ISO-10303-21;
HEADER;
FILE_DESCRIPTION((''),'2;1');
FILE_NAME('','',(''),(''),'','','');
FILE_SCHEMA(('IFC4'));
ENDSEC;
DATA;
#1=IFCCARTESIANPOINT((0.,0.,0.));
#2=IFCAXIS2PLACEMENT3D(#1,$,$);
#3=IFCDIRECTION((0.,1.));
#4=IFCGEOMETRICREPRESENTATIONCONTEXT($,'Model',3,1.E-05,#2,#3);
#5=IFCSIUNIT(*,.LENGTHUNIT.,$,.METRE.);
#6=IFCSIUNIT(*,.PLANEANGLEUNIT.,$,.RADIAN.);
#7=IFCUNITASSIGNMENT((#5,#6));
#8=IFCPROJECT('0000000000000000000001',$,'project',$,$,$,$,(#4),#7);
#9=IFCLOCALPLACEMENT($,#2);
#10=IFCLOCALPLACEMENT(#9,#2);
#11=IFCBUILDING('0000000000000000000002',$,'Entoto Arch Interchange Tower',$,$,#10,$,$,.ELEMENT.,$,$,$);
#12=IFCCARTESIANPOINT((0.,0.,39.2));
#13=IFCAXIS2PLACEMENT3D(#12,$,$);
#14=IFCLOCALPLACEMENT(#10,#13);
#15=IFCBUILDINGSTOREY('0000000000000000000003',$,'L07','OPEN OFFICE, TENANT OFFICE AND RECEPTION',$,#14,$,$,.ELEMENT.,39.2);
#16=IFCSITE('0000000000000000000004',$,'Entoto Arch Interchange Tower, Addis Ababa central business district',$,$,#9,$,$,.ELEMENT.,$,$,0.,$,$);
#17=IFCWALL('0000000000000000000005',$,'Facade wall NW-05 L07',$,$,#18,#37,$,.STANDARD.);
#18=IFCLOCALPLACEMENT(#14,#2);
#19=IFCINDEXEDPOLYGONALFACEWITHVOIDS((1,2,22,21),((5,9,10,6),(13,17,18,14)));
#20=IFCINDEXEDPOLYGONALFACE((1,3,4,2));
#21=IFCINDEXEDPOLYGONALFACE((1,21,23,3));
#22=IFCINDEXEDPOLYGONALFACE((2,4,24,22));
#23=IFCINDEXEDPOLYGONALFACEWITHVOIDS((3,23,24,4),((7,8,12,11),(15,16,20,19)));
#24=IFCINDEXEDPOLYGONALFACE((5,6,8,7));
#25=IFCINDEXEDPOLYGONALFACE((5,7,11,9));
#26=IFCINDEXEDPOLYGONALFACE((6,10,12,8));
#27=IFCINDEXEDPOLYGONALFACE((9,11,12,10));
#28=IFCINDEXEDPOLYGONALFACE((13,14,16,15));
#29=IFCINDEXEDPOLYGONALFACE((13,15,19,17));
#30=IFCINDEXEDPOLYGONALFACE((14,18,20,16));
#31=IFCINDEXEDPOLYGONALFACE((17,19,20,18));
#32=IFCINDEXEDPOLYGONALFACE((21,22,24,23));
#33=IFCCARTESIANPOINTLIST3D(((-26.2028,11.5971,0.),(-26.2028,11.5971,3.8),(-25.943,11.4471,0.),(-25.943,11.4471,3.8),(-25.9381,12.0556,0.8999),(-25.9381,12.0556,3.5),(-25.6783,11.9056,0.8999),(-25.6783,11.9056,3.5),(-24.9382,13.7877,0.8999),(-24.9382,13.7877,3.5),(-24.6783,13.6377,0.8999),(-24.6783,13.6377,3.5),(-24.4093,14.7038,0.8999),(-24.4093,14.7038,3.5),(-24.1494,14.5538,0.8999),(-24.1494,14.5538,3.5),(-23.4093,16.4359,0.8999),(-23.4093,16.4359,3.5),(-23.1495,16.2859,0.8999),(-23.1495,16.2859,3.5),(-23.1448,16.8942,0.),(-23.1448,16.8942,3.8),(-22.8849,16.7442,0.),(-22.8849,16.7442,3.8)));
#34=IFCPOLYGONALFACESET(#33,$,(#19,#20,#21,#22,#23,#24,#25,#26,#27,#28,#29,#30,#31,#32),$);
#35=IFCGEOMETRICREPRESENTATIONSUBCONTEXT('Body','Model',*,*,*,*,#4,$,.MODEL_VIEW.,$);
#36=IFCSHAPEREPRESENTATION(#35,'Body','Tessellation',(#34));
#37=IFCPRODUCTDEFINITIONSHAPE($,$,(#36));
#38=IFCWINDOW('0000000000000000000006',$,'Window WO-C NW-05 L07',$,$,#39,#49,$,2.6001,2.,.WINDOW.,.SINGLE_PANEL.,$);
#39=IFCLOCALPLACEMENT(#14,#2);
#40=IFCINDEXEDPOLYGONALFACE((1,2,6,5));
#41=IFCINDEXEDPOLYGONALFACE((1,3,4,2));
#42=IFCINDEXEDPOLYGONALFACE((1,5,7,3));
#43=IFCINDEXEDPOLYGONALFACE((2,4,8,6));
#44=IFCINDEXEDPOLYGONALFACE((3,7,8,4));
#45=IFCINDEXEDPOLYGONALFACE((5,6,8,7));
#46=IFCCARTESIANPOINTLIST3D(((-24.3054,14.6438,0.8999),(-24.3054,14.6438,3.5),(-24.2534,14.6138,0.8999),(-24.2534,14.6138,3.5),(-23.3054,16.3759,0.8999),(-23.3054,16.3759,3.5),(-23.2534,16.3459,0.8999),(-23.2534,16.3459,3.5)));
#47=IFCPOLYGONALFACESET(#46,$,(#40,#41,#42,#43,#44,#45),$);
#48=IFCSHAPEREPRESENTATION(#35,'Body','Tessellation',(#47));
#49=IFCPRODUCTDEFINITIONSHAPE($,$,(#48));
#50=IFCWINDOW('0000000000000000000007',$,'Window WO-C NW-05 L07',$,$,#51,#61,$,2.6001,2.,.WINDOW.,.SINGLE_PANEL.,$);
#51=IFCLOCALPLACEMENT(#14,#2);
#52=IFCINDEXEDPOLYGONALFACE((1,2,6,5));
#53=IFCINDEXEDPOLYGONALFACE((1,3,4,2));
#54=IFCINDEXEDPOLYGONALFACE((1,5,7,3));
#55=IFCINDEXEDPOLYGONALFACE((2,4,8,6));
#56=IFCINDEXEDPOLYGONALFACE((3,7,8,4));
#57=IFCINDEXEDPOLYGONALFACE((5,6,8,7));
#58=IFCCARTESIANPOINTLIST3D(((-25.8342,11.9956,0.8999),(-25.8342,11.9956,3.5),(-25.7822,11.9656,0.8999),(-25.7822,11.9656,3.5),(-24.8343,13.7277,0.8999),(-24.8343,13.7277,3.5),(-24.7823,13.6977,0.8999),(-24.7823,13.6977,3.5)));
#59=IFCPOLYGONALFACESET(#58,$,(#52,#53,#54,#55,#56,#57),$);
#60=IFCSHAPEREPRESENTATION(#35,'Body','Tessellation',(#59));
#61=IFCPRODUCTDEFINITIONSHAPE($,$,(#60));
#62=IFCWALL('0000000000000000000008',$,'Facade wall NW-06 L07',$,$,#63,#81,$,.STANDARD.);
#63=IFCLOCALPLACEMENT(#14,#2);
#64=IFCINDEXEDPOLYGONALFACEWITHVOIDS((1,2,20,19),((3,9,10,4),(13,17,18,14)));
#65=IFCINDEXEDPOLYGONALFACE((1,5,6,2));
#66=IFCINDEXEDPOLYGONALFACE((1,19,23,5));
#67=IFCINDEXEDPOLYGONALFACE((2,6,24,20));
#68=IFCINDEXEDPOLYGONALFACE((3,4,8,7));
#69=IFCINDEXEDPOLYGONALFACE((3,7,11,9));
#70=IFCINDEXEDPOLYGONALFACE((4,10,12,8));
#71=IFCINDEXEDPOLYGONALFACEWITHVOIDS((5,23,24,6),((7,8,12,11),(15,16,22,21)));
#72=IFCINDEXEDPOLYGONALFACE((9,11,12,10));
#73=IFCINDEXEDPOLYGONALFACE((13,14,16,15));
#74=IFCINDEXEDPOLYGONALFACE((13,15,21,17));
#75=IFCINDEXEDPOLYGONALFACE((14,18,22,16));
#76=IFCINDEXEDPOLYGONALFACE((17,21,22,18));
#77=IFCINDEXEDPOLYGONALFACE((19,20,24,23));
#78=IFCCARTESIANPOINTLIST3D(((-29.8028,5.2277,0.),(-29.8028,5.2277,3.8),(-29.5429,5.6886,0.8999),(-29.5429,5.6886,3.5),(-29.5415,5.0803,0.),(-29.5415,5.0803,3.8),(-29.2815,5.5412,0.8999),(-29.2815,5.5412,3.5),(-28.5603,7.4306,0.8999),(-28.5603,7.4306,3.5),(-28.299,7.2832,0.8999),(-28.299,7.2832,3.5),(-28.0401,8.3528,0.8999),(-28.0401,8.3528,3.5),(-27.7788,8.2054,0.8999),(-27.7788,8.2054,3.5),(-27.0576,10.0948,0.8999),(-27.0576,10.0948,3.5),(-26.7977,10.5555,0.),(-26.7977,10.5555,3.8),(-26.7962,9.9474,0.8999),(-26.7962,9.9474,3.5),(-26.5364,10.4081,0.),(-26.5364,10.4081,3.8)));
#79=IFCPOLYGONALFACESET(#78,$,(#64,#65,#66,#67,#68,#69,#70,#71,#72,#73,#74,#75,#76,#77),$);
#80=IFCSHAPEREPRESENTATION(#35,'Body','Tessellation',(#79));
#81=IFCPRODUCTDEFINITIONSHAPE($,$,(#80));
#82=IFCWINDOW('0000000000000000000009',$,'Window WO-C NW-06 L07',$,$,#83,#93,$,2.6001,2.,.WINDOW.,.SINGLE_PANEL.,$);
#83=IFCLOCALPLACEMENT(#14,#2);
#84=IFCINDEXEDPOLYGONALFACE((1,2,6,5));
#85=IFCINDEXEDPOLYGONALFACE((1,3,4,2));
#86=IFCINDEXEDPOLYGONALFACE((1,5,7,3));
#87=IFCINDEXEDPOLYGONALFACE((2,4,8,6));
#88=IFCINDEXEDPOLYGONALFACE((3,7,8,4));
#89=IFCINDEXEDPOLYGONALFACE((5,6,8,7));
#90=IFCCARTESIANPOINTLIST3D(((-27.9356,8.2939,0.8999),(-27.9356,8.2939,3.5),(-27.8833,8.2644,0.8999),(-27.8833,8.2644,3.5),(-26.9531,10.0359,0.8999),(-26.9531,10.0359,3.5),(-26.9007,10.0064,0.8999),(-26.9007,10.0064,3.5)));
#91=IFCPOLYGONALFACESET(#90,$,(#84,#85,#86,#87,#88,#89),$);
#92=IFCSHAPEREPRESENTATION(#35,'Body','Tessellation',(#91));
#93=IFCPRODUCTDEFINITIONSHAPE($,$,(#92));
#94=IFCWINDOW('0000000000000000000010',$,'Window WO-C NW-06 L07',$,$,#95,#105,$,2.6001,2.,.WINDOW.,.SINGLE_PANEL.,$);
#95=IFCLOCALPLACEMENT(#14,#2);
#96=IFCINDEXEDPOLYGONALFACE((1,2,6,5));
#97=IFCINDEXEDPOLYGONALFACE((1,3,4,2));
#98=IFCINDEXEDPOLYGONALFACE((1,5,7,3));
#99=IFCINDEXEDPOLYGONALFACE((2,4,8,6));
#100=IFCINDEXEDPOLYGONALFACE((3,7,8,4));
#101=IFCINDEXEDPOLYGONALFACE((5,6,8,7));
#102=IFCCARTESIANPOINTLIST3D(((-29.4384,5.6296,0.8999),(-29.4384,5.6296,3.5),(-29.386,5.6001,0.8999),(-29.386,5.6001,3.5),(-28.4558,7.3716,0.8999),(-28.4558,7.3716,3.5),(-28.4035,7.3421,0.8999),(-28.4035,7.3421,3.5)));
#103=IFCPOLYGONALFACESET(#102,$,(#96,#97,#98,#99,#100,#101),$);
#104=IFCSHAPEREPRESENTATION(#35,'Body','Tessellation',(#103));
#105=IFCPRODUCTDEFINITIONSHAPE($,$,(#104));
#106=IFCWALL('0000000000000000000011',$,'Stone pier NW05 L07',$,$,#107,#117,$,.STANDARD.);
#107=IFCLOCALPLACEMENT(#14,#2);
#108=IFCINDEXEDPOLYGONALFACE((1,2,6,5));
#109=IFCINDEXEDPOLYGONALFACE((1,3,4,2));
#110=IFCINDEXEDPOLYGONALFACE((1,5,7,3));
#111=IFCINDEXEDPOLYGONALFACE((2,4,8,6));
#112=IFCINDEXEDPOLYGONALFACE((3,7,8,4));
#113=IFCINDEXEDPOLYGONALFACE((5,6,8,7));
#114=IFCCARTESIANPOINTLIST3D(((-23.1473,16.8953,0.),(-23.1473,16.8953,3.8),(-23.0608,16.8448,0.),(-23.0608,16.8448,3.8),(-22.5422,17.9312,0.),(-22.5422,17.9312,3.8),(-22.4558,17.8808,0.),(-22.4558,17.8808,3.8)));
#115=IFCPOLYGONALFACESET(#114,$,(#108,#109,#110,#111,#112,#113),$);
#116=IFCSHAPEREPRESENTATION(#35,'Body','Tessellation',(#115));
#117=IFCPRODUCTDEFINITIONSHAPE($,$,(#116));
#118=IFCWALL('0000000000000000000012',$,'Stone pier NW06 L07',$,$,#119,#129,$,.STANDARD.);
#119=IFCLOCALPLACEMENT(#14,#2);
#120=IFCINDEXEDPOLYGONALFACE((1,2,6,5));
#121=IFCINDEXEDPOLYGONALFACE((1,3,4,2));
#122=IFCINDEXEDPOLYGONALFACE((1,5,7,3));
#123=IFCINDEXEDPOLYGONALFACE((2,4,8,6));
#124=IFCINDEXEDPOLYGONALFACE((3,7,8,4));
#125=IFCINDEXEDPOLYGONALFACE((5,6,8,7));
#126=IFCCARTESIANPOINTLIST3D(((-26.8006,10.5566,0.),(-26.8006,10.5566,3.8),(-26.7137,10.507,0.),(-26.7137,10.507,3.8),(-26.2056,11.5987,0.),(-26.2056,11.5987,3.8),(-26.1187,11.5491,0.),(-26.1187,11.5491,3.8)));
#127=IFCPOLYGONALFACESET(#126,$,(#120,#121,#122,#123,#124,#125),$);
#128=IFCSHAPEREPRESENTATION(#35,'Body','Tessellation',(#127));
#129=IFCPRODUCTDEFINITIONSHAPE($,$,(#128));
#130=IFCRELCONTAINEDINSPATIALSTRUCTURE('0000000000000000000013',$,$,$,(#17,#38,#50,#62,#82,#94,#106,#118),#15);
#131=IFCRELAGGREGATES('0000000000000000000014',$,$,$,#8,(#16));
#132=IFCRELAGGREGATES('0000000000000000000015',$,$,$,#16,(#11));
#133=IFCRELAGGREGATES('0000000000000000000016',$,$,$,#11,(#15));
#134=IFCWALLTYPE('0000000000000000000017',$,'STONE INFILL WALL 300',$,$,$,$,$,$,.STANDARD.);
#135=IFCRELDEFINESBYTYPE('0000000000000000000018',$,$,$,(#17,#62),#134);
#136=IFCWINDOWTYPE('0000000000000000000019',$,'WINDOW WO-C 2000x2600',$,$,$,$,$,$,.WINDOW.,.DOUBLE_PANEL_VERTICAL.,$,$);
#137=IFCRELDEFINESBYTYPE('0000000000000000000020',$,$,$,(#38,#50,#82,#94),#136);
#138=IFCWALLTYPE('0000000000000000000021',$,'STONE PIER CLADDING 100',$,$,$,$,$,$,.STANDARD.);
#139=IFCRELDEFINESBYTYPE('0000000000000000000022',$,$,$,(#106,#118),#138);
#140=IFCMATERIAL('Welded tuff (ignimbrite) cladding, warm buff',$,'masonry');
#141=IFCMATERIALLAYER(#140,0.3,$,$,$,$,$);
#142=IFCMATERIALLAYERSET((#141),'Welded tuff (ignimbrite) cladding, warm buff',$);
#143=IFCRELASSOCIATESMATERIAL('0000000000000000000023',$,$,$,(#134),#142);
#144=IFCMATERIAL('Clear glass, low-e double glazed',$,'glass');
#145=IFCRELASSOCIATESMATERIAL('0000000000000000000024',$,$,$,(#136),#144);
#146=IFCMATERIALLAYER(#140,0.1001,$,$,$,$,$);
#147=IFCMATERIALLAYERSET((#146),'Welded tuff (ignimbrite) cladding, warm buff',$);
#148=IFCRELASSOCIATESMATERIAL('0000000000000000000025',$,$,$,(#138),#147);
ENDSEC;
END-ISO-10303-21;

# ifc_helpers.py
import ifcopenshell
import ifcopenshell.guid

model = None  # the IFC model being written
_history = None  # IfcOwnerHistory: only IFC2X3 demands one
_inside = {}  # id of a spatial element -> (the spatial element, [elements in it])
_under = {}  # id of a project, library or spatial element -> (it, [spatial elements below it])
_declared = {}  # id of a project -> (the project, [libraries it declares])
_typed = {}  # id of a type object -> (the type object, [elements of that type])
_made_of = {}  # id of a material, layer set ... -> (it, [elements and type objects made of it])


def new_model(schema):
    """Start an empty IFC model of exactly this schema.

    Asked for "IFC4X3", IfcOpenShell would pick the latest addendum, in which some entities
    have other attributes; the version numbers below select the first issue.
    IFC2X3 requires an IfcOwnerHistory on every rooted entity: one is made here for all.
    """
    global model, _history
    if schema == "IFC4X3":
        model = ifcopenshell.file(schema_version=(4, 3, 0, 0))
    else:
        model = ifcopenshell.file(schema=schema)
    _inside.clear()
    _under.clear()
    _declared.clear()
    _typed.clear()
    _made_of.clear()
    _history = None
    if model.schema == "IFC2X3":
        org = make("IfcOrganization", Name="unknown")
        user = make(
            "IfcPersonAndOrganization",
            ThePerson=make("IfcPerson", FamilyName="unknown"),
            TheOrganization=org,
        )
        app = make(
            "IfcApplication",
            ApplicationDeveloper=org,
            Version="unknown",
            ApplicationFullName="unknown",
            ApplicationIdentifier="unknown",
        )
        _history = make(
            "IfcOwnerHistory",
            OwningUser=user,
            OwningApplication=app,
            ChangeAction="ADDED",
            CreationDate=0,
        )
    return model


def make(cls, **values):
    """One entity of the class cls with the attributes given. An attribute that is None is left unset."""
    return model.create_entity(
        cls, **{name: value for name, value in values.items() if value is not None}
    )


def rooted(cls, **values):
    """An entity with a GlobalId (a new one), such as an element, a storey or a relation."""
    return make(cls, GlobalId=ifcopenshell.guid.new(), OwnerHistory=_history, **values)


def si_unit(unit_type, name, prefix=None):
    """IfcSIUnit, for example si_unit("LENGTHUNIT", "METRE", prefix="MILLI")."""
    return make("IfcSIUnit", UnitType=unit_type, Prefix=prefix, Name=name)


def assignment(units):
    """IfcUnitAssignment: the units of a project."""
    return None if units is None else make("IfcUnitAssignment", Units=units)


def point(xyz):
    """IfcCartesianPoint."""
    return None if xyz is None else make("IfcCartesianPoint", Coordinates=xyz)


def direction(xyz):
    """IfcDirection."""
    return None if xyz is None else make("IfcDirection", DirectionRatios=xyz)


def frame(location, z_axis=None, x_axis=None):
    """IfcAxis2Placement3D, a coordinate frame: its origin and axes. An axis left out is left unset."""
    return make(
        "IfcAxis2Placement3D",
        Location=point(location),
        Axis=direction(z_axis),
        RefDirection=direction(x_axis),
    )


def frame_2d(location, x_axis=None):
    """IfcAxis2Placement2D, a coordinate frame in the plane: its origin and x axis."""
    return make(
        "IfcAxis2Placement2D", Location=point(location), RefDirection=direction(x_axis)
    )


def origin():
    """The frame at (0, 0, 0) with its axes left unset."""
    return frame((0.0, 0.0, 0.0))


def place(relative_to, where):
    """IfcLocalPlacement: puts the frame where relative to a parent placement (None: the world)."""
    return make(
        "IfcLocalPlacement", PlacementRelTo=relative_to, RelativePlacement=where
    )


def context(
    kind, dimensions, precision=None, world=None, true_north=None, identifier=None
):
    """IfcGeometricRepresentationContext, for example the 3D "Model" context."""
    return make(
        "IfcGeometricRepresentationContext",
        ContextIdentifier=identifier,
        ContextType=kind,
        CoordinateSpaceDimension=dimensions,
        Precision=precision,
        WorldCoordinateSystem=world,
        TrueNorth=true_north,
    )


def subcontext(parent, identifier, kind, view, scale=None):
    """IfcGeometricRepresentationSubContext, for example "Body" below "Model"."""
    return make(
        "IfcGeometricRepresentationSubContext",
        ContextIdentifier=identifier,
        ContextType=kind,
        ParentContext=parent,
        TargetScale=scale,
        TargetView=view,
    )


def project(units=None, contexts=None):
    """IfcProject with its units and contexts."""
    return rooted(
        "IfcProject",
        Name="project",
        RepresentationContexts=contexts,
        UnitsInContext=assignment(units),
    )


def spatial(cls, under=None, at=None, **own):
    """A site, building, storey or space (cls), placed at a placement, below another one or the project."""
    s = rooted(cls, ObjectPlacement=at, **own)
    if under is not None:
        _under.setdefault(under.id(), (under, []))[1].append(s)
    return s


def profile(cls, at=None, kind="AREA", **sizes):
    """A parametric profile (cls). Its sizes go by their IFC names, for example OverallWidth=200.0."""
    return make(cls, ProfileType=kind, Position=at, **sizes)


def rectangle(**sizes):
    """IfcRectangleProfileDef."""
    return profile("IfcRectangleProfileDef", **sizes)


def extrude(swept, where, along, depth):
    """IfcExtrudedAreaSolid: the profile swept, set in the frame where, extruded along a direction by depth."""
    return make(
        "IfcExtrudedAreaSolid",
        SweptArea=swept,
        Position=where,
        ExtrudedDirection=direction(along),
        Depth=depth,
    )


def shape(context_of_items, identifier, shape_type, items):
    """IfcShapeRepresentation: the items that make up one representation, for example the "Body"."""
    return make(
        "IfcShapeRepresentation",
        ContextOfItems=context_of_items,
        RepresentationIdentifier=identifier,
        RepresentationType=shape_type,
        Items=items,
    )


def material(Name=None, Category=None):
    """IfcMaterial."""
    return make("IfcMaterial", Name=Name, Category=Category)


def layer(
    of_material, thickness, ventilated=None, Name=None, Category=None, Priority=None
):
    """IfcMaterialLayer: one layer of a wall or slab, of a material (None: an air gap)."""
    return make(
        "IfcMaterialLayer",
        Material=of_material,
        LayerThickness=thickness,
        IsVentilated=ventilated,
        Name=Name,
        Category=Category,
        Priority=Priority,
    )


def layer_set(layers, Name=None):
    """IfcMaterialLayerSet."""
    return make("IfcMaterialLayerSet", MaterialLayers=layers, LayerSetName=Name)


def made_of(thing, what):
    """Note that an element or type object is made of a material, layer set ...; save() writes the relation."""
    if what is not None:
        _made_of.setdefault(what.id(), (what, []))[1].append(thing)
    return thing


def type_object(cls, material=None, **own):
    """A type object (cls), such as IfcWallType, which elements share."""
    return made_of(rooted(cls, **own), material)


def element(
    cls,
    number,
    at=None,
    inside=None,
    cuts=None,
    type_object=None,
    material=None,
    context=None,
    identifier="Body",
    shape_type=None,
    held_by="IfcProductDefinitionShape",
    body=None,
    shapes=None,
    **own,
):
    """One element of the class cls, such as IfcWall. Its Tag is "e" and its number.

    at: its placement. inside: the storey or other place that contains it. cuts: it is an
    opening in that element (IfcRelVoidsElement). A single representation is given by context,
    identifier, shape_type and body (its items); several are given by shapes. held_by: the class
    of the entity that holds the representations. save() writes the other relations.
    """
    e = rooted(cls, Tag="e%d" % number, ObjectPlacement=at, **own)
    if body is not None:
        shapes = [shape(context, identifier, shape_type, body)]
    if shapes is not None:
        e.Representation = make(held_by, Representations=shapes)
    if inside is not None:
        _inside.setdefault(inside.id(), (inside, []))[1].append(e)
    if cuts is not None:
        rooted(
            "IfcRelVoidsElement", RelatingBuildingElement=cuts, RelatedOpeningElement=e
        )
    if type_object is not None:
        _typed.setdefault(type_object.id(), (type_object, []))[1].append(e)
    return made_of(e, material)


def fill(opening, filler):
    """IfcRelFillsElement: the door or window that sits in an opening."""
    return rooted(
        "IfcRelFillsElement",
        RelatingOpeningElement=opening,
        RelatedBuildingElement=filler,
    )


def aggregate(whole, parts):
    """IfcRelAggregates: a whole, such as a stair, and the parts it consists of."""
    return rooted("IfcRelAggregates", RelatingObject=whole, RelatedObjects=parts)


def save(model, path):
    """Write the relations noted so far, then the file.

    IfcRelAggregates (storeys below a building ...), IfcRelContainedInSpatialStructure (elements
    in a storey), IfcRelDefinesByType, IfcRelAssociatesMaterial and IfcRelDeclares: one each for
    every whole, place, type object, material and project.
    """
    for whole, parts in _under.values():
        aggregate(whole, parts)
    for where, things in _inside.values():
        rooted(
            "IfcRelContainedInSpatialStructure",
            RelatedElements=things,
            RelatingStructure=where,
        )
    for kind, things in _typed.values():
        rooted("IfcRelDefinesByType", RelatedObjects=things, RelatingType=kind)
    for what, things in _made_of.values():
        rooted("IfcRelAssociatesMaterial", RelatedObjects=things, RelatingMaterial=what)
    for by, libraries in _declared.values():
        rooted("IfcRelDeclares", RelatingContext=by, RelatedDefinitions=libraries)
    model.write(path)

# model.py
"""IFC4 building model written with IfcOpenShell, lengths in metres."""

from ifc_helpers import new_model, si_unit, direction, frame, frame_2d, origin, place, context, subcontext, project, spatial, rectangle, extrude, material, layer, layer_set, type_object, element, fill, save


model = new_model("IFC4")

# Units and contexts
model_context = context("Model", 3, precision=1e-05, world=origin(), true_north=direction((0.0, 1.0)))
body_context = subcontext(model_context, "Body", "Model", "MODEL_VIEW")
ifc_project = project(units=[si_unit("LENGTHUNIT", "METRE"), si_unit("PLANEANGLEUNIT", "RADIAN")], contexts=[model_context])

# Site, building, storey
site_placement = place(None, origin())
site = spatial("IfcSite", under=ifc_project, at=site_placement, Name="Entoto Arch Interchange Tower, Addis Ababa central business district", CompositionType="ELEMENT", RefElevation=0.0)
building_placement = place(site_placement, origin())
building = spatial("IfcBuilding", under=site, at=building_placement, Name="Entoto Arch Interchange Tower", CompositionType="ELEMENT")
storey_placement = place(building_placement, frame((0.0, 0.0, 39.2)))
storey = spatial("IfcBuildingStorey", under=building, at=storey_placement, Name="L07", Description="OPEN OFFICE, TENANT OFFICE AND RECEPTION", CompositionType="ELEMENT", Elevation=39.2)

# Walls, openings, windows
ifc_material_1 = material(Name="Welded tuff (ignimbrite) cladding, warm buff", Category="masonry")
ifc_layer_1 = layer(ifc_material_1, 0.3)
ifc_layer_set_1 = layer_set([ifc_layer_1], Name="Welded tuff (ignimbrite) cladding, warm buff")
wall_type_1 = type_object("IfcWallType", Name="STONE INFILL WALL 300", PredefinedType="STANDARD", material=ifc_layer_set_1)
wall_1_placement = place(storey_placement, frame((-23.0149, 16.8191, 0.0), z_axis=(0.0, 0.0, 1.0), x_axis=(-0.499977, -0.866039, 0.0)))
wall_1 = element("IfcWall", 1, at=wall_1_placement, inside=storey, type_object=wall_type_1, Name="Facade wall NW-05 L07", PredefinedType="STANDARD", context=body_context, shape_type="SweptSolid", body=[
    extrude(rectangle(XDim=6.1165, YDim=0.3, at=frame_2d((3.0581, 0.0))), origin(), (0.0, 0.0, 1.0), 3.8),
])
opening_1_placement = place(wall_1_placement, frame((0.5291, 0.0, 0.8999)))
opening_1 = element("IfcOpeningElement", 2, at=opening_1_placement, cuts=wall_1, PredefinedType="OPENING", context=body_context, shape_type="SweptSolid", body=[
    extrude(rectangle(XDim=2.0, YDim=2.6001, at=frame_2d((1.0, 1.3))), frame((0.0, 0.1602, 0.0), z_axis=(0.0, -1.0, 0.0), x_axis=(1.0, 0.0, 0.0)), (0.0, 0.0, 1.0), 0.3201),
])
opening_2_placement = place(wall_1_placement, frame((3.5869, 0.0, 0.8999)))
opening_2 = element("IfcOpeningElement", 3, at=opening_2_placement, cuts=wall_1, PredefinedType="OPENING", context=body_context, shape_type="SweptSolid", body=[
    extrude(rectangle(XDim=2.0, YDim=2.6001, at=frame_2d((1.0, 1.3))), frame((0.0, 0.1602, 0.0), z_axis=(0.0, -1.0, 0.0), x_axis=(1.0, 0.0, 0.0)), (0.0, 0.0, 1.0), 0.3201),
])
ifc_material_2 = material(Name="Clear glass, low-e double glazed", Category="glass")
window_type = type_object("IfcWindowType", Name="WINDOW WO-C 2000x2600", PartitioningType="DOUBLE_PANEL_VERTICAL", PredefinedType="WINDOW", material=ifc_material_2)
window_1_placement = place(opening_1_placement, origin())
window_1 = element("IfcWindow", 4, at=window_1_placement, inside=storey, type_object=window_type, Name="Window WO-C NW-05 L07", OverallHeight=2.6001, OverallWidth=2.0, PartitioningType="SINGLE_PANEL", PredefinedType="WINDOW", context=body_context, shape_type="SweptSolid", body=[
    extrude(rectangle(XDim=2.0, YDim=2.6001, at=frame_2d((1.0, 1.3))), frame((0.0, 0.03, 0.0), z_axis=(0.0, -1.0, 0.0), x_axis=(1.0, 0.0, 0.0)), (0.0, 0.0, 1.0), 0.0601),
])
fill(opening_1, window_1)
window_2_placement = place(opening_2_placement, origin())
window_2 = element("IfcWindow", 5, at=window_2_placement, inside=storey, type_object=window_type, Name="Window WO-C NW-05 L07", OverallHeight=2.6001, OverallWidth=2.0, PartitioningType="SINGLE_PANEL", PredefinedType="WINDOW", context=body_context, shape_type="SweptSolid", body=[
    extrude(rectangle(XDim=2.0, YDim=2.6001, at=frame_2d((1.0, 1.3))), frame((0.0, 0.03, 0.0), z_axis=(0.0, -1.0, 0.0), x_axis=(1.0, 0.0, 0.0)), (0.0, 0.0, 1.0), 0.0601),
])
fill(opening_2, window_2)
wall_2_placement = place(storey_placement, frame((-26.667, 10.4819, 0.0), z_axis=(0.0, 0.0, 1.0), x_axis=(-0.491278, -0.871003, 0.0)))
wall_2 = element("IfcWall", 6, at=wall_2_placement, inside=storey, type_object=wall_type_1, Name="Facade wall NW-06 L07", PredefinedType="STANDARD", context=body_context, shape_type="SweptSolid", body=[
    extrude(rectangle(XDim=6.1169, YDim=0.3, at=frame_2d((3.0586, 0.0))), origin(), (0.0, 0.0, 1.0), 3.8),
])
opening_3_placement = place(wall_2_placement, frame((0.5291, 0.0, 0.8999)))
opening_3 = element("IfcOpeningElement", 7, at=opening_3_placement, cuts=wall_2, PredefinedType="OPENING", context=body_context, shape_type="SweptSolid", body=[
    extrude(rectangle(XDim=2.0, YDim=2.6001, at=frame_2d((1.0, 1.3))), frame((0.0, 0.1602, 0.0), z_axis=(0.0, -1.0, 0.0), x_axis=(1.0, 0.0, 0.0)), (0.0, 0.0, 1.0), 0.3201),
])
opening_4_placement = place(wall_2_placement, frame((3.5879, 0.0, 0.8999)))
opening_4 = element("IfcOpeningElement", 8, at=opening_4_placement, cuts=wall_2, PredefinedType="OPENING", context=body_context, shape_type="SweptSolid", body=[
    extrude(rectangle(XDim=2.0, YDim=2.6001, at=frame_2d((1.0, 1.3))), frame((0.0, 0.1602, 0.0), z_axis=(0.0, -1.0, 0.0), x_axis=(1.0, 0.0, 0.0)), (0.0, 0.0, 1.0), 0.3201),
])
window_3_placement = place(opening_3_placement, origin())
window_3 = element("IfcWindow", 9, at=window_3_placement, inside=storey, type_object=window_type, Name="Window WO-C NW-06 L07", OverallHeight=2.6001, OverallWidth=2.0, PartitioningType="SINGLE_PANEL", PredefinedType="WINDOW", context=body_context, shape_type="SweptSolid", body=[
    extrude(rectangle(XDim=2.0, YDim=2.6001, at=frame_2d((1.0, 1.3))), frame((0.0, 0.03, 0.0), z_axis=(0.0, -1.0, 0.0), x_axis=(1.0, 0.0, 0.0)), (0.0, 0.0, 1.0), 0.0601),
])
fill(opening_3, window_3)
window_4_placement = place(opening_4_placement, origin())
window_4 = element("IfcWindow", 10, at=window_4_placement, inside=storey, type_object=window_type, Name="Window WO-C NW-06 L07", OverallHeight=2.6001, OverallWidth=2.0, PartitioningType="SINGLE_PANEL", PredefinedType="WINDOW", context=body_context, shape_type="SweptSolid", body=[
    extrude(rectangle(XDim=2.0, YDim=2.6001, at=frame_2d((1.0, 1.3))), frame((0.0, 0.03, 0.0), z_axis=(0.0, -1.0, 0.0), x_axis=(1.0, 0.0, 0.0)), (0.0, 0.0, 1.0), 0.0601),
])
fill(opening_4, window_4)

# Walls
ifc_layer_2 = layer(ifc_material_1, 0.1001)
ifc_layer_set_2 = layer_set([ifc_layer_2], Name="Welded tuff (ignimbrite) cladding, warm buff")
wall_type_2 = type_object("IfcWallType", Name="STONE PIER CLADDING 100", PredefinedType="STANDARD", material=ifc_layer_set_2)
wall_3_placement = place(storey_placement, frame((-22.499, 17.906, 0.0), z_axis=(0.0, 0.0, 1.0), x_axis=(-0.504314, -0.86352, 0.0)))
element("IfcWall", 11, at=wall_3_placement, inside=storey, type_object=wall_type_2, Name="Stone pier NW05 L07", PredefinedType="STANDARD", context=body_context, shape_type="SweptSolid", body=[
    extrude(rectangle(XDim=1.1997, YDim=0.1001, at=frame_2d((0.5999, 0.0))), origin(), (0.0, 0.0, 1.0), 3.8),
])
wall_4_placement = place(storey_placement, frame((-26.1621, 11.574, 0.0), z_axis=(0.0, 0.0, 1.0), x_axis=(-0.495854, -0.868406, 0.0)))
element("IfcWall", 12, at=wall_4_placement, inside=storey, type_object=wall_type_2, Name="Stone pier NW06 L07", PredefinedType="STANDARD", context=body_context, shape_type="SweptSolid", body=[
    extrude(rectangle(XDim=1.2, YDim=0.1001, at=frame_2d((0.6001, 0.0))), origin(), (0.0, 0.0, 1.0), 3.8),
])

save(model, "model.ifc")
